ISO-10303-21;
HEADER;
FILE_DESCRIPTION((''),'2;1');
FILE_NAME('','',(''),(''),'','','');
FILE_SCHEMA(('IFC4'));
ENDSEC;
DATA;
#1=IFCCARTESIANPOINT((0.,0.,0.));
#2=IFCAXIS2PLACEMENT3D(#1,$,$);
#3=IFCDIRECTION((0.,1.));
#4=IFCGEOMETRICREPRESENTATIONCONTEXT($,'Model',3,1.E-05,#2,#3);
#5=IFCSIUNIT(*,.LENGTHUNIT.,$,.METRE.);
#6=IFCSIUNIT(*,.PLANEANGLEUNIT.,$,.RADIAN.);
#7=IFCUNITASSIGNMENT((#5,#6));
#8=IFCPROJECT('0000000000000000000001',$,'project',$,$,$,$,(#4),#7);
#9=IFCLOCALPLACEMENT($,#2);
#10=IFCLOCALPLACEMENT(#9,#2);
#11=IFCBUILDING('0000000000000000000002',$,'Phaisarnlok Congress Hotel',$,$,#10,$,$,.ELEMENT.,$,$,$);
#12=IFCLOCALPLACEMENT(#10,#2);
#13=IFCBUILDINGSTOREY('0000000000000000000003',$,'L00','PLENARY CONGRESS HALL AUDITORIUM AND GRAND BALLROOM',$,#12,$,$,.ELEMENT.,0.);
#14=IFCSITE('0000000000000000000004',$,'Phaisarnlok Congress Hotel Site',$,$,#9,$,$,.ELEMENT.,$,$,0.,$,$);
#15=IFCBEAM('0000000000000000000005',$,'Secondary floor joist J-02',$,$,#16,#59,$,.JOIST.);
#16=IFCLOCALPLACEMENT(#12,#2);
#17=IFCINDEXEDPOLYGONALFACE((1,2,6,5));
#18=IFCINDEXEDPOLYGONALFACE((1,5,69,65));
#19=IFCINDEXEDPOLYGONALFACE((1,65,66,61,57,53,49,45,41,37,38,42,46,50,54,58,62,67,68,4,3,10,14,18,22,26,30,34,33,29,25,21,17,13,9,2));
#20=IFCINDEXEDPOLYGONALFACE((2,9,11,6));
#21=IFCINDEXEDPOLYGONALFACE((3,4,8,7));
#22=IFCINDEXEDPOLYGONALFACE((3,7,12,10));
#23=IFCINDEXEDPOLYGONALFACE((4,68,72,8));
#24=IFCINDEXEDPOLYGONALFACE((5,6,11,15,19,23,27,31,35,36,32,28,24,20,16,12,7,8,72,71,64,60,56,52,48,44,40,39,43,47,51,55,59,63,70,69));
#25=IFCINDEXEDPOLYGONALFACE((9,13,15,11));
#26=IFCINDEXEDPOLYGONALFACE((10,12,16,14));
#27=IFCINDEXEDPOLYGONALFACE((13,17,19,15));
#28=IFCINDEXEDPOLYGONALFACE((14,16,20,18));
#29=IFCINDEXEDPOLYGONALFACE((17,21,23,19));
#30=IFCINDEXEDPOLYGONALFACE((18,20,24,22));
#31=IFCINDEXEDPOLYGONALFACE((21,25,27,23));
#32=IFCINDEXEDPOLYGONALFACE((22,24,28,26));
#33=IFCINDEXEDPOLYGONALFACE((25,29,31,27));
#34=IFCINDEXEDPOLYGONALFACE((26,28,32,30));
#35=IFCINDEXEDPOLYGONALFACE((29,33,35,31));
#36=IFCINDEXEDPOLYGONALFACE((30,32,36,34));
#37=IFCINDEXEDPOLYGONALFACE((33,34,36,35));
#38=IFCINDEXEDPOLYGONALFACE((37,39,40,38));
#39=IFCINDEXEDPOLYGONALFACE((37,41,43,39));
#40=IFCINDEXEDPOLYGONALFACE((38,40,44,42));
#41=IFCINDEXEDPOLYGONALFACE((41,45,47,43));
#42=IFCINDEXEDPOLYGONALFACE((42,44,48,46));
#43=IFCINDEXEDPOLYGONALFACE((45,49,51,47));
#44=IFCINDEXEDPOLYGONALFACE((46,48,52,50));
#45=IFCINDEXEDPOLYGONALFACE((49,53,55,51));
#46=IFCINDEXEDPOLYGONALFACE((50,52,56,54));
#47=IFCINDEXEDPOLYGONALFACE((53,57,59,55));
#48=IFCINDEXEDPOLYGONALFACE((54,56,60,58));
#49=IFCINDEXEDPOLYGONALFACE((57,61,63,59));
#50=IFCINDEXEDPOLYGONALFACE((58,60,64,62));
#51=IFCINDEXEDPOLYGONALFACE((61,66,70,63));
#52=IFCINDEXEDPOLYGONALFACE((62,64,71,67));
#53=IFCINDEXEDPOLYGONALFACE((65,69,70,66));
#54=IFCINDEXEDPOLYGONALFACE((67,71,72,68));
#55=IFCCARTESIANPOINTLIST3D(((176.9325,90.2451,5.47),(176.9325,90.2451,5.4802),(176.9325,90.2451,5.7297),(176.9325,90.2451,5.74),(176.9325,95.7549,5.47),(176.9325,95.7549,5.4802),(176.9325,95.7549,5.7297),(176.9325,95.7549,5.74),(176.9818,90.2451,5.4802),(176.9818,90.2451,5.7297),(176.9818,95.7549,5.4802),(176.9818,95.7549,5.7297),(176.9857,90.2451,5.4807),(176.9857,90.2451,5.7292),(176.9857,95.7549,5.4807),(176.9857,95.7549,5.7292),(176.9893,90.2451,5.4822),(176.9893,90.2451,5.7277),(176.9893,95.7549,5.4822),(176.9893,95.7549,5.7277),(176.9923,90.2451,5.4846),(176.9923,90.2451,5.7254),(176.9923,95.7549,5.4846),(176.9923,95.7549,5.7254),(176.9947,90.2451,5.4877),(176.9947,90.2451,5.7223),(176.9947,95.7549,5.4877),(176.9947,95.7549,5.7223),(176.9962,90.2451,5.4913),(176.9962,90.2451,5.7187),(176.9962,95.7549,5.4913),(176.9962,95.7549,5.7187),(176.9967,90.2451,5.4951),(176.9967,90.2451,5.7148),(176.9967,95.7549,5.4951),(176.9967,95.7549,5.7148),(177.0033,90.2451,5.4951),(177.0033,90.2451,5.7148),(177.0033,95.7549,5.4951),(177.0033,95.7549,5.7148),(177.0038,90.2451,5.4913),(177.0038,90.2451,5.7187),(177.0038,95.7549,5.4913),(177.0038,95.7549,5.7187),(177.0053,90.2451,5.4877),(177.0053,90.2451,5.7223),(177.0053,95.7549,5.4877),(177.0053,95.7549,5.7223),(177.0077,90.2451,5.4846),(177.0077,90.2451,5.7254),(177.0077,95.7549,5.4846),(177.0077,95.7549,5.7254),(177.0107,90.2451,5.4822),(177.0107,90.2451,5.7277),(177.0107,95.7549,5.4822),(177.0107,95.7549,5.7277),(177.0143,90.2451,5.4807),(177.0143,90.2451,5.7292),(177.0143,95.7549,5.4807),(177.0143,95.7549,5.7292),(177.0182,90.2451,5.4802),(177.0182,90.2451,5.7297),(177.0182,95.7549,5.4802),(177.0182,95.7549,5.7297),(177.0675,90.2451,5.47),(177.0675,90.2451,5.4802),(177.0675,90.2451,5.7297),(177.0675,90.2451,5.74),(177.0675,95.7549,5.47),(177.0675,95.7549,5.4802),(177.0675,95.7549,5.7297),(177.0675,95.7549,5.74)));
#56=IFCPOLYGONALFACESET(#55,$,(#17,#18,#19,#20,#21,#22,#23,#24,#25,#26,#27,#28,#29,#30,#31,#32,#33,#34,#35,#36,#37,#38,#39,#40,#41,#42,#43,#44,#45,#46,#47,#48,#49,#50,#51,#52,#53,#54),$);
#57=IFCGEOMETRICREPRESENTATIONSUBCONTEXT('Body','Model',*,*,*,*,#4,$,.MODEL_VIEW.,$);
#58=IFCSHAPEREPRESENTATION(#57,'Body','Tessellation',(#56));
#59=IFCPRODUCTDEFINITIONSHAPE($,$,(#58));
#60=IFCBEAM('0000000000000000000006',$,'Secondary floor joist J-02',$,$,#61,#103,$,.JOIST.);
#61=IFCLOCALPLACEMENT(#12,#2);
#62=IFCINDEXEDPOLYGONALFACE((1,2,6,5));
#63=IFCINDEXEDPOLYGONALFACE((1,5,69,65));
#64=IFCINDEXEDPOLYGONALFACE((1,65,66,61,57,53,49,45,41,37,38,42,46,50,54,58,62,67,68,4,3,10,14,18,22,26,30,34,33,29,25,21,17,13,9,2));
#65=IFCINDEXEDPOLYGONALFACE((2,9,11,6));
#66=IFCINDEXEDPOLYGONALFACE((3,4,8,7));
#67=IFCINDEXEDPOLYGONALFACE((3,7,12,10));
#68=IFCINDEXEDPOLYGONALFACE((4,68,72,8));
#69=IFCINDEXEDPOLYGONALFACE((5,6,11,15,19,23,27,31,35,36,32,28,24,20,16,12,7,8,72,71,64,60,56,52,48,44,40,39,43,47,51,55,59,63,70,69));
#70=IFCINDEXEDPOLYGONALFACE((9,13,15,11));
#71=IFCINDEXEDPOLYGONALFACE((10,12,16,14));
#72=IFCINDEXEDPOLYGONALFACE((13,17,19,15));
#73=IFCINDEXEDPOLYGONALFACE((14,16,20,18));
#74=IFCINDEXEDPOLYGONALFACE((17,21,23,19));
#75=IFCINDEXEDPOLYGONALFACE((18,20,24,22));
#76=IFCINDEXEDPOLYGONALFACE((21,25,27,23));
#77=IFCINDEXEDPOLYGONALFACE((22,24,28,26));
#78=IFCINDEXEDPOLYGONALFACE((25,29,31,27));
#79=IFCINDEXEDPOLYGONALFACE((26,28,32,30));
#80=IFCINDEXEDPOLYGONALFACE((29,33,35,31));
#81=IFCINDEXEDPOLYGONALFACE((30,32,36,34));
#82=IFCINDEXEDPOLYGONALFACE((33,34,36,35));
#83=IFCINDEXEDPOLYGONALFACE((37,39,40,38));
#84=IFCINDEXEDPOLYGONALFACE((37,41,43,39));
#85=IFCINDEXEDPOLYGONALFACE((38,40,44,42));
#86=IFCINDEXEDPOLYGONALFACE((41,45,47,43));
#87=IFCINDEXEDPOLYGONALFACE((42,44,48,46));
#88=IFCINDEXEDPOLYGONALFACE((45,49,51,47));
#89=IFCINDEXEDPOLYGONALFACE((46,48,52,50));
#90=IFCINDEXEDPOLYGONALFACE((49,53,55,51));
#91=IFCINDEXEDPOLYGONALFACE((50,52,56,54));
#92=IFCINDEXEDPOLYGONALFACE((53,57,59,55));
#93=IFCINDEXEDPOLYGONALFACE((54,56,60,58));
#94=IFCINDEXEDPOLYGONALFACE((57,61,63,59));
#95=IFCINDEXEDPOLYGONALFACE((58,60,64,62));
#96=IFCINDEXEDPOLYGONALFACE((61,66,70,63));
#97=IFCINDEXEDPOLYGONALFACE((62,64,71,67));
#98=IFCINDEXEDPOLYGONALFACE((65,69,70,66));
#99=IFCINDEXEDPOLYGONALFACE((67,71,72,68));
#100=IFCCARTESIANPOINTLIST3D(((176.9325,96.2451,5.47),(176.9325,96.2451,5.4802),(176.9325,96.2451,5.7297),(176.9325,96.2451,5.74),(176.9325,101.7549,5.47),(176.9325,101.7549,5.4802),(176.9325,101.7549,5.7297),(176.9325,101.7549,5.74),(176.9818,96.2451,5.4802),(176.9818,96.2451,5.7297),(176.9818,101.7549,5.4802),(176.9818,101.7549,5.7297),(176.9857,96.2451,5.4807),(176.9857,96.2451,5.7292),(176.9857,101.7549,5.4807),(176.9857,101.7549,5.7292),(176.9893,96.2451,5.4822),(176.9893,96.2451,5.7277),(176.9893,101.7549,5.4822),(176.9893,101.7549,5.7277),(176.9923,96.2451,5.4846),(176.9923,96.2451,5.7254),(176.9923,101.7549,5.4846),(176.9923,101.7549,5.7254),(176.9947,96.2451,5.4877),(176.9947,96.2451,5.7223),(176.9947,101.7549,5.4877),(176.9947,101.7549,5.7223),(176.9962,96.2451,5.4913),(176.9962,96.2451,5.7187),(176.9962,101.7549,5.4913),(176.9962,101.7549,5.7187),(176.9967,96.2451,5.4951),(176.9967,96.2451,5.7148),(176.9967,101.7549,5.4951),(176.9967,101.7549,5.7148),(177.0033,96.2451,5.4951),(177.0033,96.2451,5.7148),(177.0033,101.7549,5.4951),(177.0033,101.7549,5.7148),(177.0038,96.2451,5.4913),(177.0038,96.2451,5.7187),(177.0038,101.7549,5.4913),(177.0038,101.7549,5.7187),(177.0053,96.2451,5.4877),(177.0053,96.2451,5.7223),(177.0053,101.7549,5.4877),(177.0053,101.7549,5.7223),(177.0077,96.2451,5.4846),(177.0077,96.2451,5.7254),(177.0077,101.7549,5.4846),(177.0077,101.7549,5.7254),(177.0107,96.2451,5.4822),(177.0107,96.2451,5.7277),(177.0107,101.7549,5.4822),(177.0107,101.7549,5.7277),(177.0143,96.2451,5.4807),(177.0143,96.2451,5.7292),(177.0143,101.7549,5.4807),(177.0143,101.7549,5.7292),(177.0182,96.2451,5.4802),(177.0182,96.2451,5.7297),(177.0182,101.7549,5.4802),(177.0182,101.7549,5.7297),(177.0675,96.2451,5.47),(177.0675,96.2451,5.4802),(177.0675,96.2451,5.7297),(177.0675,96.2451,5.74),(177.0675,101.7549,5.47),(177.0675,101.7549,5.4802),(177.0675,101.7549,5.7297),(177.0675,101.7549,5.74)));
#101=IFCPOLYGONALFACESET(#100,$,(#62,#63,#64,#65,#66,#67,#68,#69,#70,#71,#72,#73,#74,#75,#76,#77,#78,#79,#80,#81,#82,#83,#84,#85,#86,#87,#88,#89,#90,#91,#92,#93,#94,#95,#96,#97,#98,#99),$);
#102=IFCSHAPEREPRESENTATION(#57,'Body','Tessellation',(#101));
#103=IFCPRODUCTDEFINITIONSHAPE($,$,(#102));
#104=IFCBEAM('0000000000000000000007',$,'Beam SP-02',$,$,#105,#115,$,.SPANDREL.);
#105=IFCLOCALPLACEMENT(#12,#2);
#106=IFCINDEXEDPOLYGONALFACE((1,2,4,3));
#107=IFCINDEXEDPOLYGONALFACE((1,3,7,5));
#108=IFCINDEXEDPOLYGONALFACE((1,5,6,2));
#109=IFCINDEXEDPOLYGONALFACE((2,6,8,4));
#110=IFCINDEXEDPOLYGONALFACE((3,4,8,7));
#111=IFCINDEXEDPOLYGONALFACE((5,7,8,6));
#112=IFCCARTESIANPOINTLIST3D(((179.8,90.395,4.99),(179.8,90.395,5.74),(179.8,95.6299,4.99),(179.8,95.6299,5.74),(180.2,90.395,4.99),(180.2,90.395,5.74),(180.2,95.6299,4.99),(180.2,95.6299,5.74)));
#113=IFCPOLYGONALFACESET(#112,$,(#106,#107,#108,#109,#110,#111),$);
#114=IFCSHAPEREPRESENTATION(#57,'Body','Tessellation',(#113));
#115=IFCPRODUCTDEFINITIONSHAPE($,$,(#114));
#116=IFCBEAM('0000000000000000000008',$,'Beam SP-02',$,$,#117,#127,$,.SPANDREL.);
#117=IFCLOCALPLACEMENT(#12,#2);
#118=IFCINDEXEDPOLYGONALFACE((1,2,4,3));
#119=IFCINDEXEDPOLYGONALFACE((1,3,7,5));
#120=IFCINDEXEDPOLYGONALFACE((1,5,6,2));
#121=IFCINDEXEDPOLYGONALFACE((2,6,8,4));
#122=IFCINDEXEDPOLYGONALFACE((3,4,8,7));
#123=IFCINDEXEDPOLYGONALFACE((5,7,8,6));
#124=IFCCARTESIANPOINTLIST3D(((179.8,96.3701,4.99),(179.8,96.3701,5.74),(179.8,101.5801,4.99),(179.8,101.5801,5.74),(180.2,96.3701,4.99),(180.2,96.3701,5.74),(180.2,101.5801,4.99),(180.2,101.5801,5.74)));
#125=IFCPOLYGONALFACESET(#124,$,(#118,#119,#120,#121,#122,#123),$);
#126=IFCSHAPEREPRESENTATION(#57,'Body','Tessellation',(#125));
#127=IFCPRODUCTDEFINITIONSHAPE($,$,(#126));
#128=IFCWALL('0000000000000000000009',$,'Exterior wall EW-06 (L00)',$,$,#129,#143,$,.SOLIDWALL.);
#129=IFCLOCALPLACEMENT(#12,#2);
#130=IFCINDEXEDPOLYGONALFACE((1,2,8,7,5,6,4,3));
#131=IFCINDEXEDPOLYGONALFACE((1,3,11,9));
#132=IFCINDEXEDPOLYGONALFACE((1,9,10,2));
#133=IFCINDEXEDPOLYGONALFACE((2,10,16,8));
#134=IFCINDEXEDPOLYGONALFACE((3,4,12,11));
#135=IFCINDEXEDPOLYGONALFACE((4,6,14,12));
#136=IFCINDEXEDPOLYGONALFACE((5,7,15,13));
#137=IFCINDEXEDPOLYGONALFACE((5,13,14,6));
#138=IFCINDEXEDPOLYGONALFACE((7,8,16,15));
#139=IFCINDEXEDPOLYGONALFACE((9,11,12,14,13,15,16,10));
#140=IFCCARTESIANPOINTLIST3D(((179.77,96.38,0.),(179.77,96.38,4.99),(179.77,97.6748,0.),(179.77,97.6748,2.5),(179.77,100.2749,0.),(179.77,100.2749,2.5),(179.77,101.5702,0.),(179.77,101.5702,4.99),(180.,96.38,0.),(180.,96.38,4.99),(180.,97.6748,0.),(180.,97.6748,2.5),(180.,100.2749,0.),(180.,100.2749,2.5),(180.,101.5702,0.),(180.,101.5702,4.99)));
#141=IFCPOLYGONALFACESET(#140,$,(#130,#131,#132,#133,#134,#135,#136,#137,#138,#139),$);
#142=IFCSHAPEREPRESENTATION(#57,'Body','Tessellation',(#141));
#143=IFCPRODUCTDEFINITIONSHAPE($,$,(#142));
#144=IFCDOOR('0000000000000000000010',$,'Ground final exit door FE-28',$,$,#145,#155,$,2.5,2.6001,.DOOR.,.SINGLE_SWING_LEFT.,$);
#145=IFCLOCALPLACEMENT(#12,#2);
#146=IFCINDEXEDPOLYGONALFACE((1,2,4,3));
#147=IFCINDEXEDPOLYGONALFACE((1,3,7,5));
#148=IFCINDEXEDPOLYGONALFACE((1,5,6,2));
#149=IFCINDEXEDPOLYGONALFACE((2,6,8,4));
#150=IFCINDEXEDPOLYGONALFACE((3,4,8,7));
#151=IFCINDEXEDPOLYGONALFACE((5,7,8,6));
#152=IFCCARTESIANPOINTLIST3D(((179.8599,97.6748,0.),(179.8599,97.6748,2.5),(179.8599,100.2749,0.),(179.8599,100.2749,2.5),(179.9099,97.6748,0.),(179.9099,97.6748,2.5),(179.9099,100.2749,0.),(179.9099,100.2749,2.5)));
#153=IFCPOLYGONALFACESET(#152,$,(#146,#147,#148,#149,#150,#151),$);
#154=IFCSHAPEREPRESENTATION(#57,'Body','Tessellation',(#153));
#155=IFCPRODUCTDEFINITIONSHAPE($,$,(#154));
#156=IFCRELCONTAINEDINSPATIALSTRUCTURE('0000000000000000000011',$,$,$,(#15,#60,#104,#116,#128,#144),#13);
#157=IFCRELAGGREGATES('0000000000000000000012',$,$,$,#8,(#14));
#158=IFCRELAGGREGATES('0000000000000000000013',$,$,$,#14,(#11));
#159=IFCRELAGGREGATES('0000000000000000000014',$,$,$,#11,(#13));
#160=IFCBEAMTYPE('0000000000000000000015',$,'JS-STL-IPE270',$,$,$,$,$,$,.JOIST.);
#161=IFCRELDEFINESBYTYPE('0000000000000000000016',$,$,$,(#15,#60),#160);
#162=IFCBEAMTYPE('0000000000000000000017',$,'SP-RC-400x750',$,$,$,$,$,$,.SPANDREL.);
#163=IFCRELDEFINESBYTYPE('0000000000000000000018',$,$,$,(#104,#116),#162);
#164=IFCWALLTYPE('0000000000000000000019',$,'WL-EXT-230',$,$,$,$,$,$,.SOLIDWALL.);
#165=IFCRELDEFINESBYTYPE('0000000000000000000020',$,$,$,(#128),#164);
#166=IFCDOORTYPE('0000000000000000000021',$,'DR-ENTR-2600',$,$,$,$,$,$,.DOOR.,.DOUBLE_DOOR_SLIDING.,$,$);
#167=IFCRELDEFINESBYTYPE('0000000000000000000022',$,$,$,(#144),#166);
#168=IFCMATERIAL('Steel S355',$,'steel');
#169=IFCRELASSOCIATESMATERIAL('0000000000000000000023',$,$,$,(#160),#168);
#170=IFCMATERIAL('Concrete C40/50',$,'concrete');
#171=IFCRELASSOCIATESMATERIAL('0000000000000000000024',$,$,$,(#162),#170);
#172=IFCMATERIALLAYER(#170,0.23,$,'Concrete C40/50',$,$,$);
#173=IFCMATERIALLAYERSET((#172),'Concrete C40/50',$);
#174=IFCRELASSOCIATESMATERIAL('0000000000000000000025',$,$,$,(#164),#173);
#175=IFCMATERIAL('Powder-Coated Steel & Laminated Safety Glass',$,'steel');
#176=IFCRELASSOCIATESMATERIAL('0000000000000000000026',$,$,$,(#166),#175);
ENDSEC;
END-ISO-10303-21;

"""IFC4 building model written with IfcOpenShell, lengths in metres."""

from ifc_helpers import new_model, si_unit, direction, frame, frame_2d, origin, origin_2d, place, context, subcontext, project, spatial, rectangle, i_section, extrude, material, layer, layer_set, material_profile, profile_set, type_object, element, fill, save


model = new_model("IFC4")

# Units and contexts
model_context = context("Model", 3, precision=1e-05, world=origin(), true_north=direction((0.0, 1.0)))
body_context = subcontext(model_context, "Body", "Model", "MODEL_VIEW")
ifc_project = project(units=[si_unit("LENGTHUNIT", "METRE"), si_unit("PLANEANGLEUNIT", "RADIAN")], contexts=[model_context])

# Site, building, storey
site_placement = place(None, origin())
site = spatial("IfcSite", under=ifc_project, at=site_placement, Name="Phaisarnlok Congress Hotel Site", CompositionType="ELEMENT", RefElevation=0.0)
building_placement = place(site_placement, origin())
building = spatial("IfcBuilding", under=site, at=building_placement, Name="Phaisarnlok Congress Hotel", CompositionType="ELEMENT")
storey_placement = place(building_placement, origin())
storey = spatial("IfcBuildingStorey", under=building, at=storey_placement, Name="L00", Description="PLENARY CONGRESS HALL AUDITORIUM AND GRAND BALLROOM", CompositionType="ELEMENT", Elevation=0.0)

# Shared definitions
ifc_material_1 = material(Name="Steel S355", Category="steel")

# Beams
ifc_material_2 = material(Name="Concrete C40/50", Category="concrete")
ifc_material_profile_1 = material_profile(ifc_material_1, i_section(OverallWidth=0.135, OverallDepth=0.27, WebThickness=0.0066, FlangeThickness=0.0103, FilletRadius=0.0149, at=origin_2d()), Name="IPE 270")
ifc_profile_set_1 = profile_set([ifc_material_profile_1], Name="Steel S355")
beam_type_1 = type_object("IfcBeamType", Name="JS-STL-IPE270", PredefinedType="JOIST", material=ifc_profile_set_1)
for number, where, z_axis, x_axis, name in (
    (1, (177.0, 90.2451, 5.605), (0.0, 1.0, 0.0), (-1.0, 0.0, 0.0), "Secondary floor joist J-02"),
    (2, (177.0, 96.2451, 5.605), (0.0, 1.0, 0.0), (-1.0, 0.0, 0.0), "Secondary floor joist J-02"),
):
    element("IfcBeam", number, at=place(storey_placement, frame(where, z_axis=z_axis, x_axis=x_axis)), inside=storey, type_object=beam_type_1, Name=name, PredefinedType="JOIST", context=body_context, shape_type="SweptSolid", body=[
        extrude(i_section(OverallWidth=0.135, OverallDepth=0.27, WebThickness=0.0066, FlangeThickness=0.0103, FilletRadius=0.0149, at=origin_2d()), origin(), (0.0, 0.0, 1.0), 5.5098),
    ])
ifc_material_profile_2 = material_profile(ifc_material_2, rectangle(XDim=0.3999, YDim=0.75, at=origin_2d()), Name="RC 400x750")
ifc_profile_set_2 = profile_set([ifc_material_profile_2], Name="Concrete C40/50")
beam_type_2 = type_object("IfcBeamType", Name="SP-RC-400x750", PredefinedType="SPANDREL", material=ifc_profile_set_2)
beam_1_placement = place(storey_placement, frame((180.0, 90.395, 5.365), z_axis=(0.0, 1.0, 0.0), x_axis=(-1.0, 0.0, 0.0)))
element("IfcBeam", 3, at=beam_1_placement, inside=storey, type_object=beam_type_2, Name="Beam SP-02", PredefinedType="SPANDREL", context=body_context, shape_type="SweptSolid", body=[
    extrude(rectangle(XDim=0.3999, YDim=0.75, at=origin_2d()), origin(), (0.0, 0.0, 1.0), 5.2349),
])
beam_2_placement = place(storey_placement, frame((180.0, 96.3701, 5.365), z_axis=(0.0, 1.0, 0.0), x_axis=(-1.0, 0.0, 0.0)))
element("IfcBeam", 4, at=beam_2_placement, inside=storey, type_object=beam_type_2, Name="Beam SP-02", PredefinedType="SPANDREL", context=body_context, shape_type="SweptSolid", body=[
    extrude(rectangle(XDim=0.3999, YDim=0.75, at=origin_2d()), origin(), (0.0, 0.0, 1.0), 5.21),
])

# Wall, opening, door
ifc_layer_1 = layer(ifc_material_2, 0.23, Name="Concrete C40/50")
ifc_layer_set_1 = layer_set([ifc_layer_1], Name="Concrete C40/50")
wall_type_1 = type_object("IfcWallType", Name="WL-EXT-230", PredefinedType="SOLIDWALL", material=ifc_layer_set_1)
wall_1_placement = place(storey_placement, frame((179.885, 96.3799, 0.0), z_axis=(0.0, 0.0, 1.0), x_axis=(0.0, 1.0, 0.0)))
wall_1 = element("IfcWall", 5, at=wall_1_placement, inside=storey, type_object=wall_type_1, Name="Exterior wall EW-06 (L00)", PredefinedType="SOLIDWALL", context=body_context, shape_type="SweptSolid", body=[
    extrude(rectangle(XDim=5.1902, YDim=0.23, at=frame_2d((2.5952, 0.0))), origin(), (0.0, 0.0, 1.0), 4.99),
])
opening_1_placement = place(wall_1_placement, frame((1.2949, 0.0, 0.0)))
opening_1 = element("IfcOpeningElement", 6, at=opening_1_placement, cuts=wall_1, PredefinedType="OPENING", context=body_context, shape_type="SweptSolid", body=[
    extrude(rectangle(XDim=2.6001, YDim=2.5, at=frame_2d((1.3, 1.25))), frame((0.0, 0.125, 0.0), z_axis=(0.0, -1.0, 0.0), x_axis=(1.0, 0.0, 0.0)), (0.0, 0.0, 1.0), 0.25),
])
ifc_material_3 = material(Name="Powder-Coated Steel & Laminated Safety Glass", Category="steel")
door_type_1 = type_object("IfcDoorType", Name="DR-ENTR-2600", OperationType="DOUBLE_DOOR_SLIDING", PredefinedType="DOOR", material=ifc_material_3)
door_1_placement = place(opening_1_placement, frame((2.6001, 0.0, 0.0), z_axis=(0.0, 0.0, 1.0), x_axis=(-1.0, 0.0, 0.0)))
door_1 = element("IfcDoor", 7, at=door_1_placement, inside=storey, type_object=door_type_1, Name="Ground final exit door FE-28", OperationType="SINGLE_SWING_LEFT", OverallHeight=2.5, OverallWidth=2.6001, PredefinedType="DOOR", context=body_context, shape_type="SweptSolid", body=[
    extrude(rectangle(XDim=2.6001, YDim=2.5, at=frame_2d((1.3, 1.25))), frame((0.0, 0.0249, 0.0), z_axis=(0.0, -1.0, 0.0), x_axis=(1.0, 0.0, 0.0)), (0.0, 0.0, 1.0), 0.05),
])
fill(opening_1, door_1)

save(model, "model.ifc")
